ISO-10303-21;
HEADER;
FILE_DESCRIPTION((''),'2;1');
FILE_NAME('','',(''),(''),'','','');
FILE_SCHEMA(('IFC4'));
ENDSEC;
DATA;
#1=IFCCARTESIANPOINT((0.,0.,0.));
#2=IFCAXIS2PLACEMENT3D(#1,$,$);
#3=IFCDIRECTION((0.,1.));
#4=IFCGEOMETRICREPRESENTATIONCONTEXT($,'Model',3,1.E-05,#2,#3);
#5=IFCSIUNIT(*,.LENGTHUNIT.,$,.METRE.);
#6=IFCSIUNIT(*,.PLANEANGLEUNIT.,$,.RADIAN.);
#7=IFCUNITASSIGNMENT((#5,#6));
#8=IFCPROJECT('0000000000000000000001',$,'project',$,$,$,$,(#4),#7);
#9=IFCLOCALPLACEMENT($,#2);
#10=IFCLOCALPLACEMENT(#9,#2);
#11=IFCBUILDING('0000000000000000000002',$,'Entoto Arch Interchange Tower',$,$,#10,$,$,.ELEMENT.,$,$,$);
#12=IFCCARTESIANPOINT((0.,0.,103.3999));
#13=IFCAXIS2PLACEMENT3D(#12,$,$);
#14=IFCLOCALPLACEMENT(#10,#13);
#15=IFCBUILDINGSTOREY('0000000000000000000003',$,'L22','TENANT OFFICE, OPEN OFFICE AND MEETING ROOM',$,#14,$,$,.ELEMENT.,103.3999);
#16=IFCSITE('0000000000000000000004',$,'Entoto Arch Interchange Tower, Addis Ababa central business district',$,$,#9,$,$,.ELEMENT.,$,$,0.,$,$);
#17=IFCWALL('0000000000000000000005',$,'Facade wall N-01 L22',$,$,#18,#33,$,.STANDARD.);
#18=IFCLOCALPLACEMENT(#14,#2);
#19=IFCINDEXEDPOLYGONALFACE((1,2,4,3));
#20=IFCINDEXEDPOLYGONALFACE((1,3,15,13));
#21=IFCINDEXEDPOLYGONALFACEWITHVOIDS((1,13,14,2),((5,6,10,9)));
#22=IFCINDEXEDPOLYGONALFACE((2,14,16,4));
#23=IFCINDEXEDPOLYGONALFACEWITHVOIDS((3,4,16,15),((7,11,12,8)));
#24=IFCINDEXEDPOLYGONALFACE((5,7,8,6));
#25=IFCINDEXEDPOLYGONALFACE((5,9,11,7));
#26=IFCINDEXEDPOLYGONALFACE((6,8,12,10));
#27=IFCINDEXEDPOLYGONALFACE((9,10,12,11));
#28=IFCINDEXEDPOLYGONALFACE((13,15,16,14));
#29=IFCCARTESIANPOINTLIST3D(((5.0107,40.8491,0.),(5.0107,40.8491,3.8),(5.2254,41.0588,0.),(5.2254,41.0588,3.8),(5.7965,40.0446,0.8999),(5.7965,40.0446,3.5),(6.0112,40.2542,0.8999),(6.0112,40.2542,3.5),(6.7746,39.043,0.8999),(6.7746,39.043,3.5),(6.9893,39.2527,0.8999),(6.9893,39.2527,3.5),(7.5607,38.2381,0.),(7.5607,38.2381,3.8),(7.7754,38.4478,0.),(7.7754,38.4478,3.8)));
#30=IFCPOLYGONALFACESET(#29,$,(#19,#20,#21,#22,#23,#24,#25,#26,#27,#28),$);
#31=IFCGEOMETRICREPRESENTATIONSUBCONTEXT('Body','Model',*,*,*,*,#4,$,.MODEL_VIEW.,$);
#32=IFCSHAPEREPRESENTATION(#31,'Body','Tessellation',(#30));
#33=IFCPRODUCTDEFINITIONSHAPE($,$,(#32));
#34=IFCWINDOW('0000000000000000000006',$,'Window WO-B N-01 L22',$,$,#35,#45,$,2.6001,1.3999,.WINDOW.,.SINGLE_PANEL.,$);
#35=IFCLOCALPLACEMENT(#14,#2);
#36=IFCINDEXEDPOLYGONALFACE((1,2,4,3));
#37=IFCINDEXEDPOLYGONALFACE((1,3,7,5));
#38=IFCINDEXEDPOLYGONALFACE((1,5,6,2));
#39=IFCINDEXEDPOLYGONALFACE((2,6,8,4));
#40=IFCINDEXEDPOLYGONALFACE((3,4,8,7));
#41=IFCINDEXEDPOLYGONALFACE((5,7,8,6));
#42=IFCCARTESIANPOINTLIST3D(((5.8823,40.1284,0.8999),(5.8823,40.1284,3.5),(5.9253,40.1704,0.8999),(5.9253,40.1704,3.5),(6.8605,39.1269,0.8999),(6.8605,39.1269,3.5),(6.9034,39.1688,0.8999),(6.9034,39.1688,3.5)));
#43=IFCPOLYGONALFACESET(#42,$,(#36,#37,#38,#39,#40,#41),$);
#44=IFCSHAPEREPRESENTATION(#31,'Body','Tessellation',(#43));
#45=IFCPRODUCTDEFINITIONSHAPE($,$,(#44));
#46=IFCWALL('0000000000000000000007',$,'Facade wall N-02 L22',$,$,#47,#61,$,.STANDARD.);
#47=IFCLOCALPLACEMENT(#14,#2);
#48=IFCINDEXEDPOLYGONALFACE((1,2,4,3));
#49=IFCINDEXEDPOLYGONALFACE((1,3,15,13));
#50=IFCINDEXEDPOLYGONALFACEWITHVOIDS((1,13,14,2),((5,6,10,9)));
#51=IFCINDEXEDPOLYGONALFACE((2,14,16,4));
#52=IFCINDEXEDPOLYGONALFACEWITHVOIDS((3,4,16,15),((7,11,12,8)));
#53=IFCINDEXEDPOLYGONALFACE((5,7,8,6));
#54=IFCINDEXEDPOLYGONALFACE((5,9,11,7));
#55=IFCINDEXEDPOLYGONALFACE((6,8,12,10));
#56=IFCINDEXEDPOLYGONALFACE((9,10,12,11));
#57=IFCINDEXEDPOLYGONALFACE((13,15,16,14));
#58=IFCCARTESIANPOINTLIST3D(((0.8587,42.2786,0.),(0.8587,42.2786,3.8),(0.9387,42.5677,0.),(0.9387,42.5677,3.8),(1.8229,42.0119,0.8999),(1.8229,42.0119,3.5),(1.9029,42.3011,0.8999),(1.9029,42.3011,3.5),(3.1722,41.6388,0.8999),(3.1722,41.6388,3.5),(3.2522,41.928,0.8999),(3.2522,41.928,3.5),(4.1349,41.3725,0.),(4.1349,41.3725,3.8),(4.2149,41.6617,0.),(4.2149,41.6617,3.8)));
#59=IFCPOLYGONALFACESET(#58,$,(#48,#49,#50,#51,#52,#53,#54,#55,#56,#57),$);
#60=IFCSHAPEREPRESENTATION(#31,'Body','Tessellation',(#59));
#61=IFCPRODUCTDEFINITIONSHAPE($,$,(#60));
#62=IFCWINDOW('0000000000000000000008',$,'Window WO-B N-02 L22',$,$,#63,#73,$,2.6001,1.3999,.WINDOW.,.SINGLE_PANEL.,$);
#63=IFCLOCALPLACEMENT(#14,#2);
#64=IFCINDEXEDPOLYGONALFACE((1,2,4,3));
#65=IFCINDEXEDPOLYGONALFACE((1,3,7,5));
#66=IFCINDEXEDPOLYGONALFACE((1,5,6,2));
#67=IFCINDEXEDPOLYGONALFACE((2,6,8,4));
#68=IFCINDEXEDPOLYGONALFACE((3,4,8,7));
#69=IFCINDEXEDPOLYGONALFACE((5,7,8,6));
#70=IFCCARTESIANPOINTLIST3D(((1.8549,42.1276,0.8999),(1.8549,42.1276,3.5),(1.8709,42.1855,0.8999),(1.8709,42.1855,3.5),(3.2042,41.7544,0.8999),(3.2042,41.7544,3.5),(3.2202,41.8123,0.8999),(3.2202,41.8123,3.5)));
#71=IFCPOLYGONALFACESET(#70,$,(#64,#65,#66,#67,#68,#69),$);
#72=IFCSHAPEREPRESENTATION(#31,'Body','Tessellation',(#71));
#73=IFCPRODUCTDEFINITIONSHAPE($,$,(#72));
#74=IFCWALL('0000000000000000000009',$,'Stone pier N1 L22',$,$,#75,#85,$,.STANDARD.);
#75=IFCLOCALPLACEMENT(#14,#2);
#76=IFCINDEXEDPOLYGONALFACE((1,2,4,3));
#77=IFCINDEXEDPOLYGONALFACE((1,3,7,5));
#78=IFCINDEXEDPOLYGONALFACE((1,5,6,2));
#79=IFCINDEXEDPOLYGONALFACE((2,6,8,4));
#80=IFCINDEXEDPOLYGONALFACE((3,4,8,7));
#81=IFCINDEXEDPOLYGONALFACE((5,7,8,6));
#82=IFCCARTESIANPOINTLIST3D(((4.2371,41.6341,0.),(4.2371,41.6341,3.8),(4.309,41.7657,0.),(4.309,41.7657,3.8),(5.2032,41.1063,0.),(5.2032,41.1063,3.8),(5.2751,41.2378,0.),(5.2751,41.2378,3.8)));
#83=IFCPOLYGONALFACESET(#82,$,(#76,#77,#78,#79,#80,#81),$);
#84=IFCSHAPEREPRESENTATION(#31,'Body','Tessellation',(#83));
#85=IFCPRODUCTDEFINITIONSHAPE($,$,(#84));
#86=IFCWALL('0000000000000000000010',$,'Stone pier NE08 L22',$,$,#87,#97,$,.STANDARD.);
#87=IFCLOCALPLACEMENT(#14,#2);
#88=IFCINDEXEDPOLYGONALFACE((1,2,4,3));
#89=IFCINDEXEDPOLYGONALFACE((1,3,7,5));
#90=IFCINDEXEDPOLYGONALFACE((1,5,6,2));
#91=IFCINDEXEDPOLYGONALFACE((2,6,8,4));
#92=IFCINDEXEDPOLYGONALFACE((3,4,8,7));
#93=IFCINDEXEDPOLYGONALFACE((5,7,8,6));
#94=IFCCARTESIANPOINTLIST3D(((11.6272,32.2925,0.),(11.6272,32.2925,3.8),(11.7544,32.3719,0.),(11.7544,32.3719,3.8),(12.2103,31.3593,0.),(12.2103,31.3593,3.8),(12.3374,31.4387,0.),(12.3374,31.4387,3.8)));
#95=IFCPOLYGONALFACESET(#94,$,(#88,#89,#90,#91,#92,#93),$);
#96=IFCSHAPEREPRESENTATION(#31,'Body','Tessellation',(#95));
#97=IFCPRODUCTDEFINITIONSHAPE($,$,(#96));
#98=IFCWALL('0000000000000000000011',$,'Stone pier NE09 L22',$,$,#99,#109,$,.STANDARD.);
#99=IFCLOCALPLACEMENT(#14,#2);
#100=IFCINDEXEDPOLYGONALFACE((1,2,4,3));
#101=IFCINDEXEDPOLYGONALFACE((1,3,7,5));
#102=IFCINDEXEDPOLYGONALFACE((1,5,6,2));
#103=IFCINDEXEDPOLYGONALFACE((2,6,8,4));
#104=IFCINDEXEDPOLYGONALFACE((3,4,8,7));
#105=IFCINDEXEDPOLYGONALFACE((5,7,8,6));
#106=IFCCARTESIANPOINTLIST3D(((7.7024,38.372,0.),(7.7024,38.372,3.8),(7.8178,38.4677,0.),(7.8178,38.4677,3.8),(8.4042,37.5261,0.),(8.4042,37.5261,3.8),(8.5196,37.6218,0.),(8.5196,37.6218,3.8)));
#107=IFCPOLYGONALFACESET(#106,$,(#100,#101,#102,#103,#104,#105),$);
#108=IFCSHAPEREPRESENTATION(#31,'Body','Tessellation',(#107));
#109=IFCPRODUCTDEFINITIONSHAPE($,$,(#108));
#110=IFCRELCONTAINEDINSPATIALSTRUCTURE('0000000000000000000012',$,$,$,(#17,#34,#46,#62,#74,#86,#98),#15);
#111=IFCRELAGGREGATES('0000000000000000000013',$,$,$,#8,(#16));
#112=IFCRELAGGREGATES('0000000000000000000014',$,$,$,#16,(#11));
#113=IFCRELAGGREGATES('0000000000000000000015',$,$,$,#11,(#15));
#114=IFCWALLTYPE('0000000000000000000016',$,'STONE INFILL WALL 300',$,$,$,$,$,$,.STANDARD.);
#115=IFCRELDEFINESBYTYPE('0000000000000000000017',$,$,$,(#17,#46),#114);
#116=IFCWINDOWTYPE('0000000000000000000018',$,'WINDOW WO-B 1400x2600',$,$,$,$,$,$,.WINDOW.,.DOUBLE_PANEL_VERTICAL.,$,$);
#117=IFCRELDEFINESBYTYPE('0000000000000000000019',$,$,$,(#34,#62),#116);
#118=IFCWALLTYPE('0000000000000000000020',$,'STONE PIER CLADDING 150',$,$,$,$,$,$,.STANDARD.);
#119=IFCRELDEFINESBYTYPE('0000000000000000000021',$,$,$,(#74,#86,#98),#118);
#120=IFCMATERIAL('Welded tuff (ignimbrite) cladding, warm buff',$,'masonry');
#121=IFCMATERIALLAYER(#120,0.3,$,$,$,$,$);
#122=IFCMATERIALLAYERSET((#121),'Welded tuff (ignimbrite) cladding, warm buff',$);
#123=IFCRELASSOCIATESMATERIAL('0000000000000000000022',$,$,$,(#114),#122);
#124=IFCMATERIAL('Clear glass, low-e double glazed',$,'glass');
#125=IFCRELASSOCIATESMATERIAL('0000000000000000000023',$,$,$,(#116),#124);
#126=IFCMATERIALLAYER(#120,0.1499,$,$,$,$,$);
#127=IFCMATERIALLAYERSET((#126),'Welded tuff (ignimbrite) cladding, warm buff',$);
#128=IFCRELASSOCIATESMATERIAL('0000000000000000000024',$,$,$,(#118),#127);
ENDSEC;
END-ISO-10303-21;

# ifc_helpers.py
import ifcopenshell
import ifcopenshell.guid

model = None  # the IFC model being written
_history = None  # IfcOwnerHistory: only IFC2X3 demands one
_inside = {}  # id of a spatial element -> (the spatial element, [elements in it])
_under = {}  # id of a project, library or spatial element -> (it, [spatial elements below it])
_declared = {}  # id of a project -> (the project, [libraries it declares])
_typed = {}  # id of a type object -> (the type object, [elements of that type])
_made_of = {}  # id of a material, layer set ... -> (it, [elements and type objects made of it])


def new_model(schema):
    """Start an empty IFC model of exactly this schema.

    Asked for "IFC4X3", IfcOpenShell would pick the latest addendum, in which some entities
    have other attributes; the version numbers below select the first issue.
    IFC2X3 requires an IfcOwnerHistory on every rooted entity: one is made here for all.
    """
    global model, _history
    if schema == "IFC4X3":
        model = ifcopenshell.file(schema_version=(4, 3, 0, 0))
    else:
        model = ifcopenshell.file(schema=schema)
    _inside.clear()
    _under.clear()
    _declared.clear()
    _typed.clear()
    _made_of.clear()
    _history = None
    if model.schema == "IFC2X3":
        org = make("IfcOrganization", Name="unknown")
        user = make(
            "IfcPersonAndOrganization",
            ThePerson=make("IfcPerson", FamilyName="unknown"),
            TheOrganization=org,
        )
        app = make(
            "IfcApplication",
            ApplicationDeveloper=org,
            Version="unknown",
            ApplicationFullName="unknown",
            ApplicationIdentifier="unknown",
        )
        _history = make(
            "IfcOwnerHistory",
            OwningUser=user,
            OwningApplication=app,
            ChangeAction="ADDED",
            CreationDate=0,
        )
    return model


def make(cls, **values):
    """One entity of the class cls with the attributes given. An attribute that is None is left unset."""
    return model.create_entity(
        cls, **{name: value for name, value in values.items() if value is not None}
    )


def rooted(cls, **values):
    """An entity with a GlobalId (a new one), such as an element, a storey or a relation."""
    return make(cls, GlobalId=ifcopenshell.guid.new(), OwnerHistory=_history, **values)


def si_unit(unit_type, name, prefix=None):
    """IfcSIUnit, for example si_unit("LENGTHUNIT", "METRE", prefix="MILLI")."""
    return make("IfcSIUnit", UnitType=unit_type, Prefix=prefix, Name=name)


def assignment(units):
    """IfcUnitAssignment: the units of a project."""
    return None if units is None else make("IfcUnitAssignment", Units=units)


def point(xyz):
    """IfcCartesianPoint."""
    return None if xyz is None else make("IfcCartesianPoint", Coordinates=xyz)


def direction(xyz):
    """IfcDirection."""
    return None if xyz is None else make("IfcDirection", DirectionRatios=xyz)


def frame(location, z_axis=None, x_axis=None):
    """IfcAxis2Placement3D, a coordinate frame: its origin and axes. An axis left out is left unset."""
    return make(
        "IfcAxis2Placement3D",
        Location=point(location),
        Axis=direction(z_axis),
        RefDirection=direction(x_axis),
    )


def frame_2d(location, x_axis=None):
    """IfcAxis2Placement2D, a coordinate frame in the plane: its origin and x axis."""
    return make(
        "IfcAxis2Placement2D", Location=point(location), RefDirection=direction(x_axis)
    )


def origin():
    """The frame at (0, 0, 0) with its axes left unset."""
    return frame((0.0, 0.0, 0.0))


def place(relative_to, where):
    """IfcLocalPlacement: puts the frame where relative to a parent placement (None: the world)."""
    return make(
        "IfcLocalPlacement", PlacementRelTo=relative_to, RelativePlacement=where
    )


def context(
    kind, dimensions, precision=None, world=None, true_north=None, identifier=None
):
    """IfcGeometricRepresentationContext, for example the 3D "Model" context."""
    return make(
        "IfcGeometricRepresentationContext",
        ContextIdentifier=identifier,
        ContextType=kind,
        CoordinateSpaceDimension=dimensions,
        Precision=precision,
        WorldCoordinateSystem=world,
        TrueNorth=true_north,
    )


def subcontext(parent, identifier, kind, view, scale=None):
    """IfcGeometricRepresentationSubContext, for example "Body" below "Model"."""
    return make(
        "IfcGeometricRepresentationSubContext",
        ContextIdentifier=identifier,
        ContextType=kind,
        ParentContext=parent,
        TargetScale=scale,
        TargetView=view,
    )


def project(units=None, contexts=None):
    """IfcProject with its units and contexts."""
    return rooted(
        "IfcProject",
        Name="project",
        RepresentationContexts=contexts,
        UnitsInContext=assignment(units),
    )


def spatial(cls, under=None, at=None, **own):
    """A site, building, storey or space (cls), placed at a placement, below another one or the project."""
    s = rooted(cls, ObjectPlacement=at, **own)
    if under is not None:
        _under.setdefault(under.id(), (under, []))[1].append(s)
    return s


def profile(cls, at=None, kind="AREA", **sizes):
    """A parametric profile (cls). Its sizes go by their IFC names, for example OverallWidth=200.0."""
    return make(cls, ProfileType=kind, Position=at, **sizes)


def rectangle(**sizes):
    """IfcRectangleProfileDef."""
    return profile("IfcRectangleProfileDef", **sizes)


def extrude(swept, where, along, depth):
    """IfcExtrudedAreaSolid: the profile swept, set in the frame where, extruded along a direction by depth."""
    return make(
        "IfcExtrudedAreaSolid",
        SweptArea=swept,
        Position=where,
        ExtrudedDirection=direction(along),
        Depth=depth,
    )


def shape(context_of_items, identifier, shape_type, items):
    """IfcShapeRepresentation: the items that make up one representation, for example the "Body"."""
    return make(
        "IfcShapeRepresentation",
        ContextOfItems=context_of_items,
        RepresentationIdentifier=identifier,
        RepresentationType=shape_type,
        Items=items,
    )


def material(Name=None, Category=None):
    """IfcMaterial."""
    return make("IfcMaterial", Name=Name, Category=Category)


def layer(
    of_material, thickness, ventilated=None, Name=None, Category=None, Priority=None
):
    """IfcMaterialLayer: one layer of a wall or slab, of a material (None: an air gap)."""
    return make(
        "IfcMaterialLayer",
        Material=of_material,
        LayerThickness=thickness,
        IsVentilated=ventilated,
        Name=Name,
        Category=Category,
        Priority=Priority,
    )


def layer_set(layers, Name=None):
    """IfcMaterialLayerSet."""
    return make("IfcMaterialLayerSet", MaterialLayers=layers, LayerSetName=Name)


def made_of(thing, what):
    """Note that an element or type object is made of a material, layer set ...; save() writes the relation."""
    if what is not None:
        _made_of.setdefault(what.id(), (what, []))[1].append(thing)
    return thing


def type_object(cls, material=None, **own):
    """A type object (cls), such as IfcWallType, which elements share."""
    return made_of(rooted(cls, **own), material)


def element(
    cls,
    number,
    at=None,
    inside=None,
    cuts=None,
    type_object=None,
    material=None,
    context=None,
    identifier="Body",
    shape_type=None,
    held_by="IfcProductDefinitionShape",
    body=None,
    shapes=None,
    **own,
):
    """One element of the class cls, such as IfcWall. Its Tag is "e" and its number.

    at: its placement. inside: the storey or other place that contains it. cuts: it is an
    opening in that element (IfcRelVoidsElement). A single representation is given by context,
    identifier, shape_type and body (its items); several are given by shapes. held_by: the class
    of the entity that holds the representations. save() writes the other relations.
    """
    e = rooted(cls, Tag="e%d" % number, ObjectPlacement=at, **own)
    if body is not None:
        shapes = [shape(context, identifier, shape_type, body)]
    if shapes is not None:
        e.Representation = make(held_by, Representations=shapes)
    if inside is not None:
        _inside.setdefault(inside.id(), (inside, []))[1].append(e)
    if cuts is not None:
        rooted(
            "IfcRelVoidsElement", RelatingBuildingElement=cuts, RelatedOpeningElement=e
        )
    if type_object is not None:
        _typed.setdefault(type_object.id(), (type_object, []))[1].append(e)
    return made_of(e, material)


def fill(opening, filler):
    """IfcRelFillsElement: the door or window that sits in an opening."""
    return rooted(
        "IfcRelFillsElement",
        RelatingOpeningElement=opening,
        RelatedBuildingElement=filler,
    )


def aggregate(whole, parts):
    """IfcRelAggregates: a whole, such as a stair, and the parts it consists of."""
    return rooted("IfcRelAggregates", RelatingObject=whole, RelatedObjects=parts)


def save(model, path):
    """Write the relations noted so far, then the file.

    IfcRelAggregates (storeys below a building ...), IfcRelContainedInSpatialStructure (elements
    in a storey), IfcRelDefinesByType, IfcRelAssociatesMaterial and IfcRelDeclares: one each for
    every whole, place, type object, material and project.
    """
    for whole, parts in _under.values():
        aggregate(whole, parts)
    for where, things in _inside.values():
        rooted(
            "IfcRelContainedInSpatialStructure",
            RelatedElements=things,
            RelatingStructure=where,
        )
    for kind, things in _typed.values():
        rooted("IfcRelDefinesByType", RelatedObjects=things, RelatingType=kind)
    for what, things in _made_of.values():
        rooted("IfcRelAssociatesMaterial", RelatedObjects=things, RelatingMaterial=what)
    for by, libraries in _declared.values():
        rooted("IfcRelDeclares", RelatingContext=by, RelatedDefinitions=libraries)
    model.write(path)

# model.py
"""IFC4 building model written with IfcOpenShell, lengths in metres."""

from ifc_helpers import new_model, si_unit, direction, frame, frame_2d, origin, place, context, subcontext, project, spatial, rectangle, extrude, material, layer, layer_set, type_object, element, fill, save


model = new_model("IFC4")

# Units and contexts
model_context = context("Model", 3, precision=1e-05, world=origin(), true_north=direction((0.0, 1.0)))
body_context = subcontext(model_context, "Body", "Model", "MODEL_VIEW")
ifc_project = project(units=[si_unit("LENGTHUNIT", "METRE"), si_unit("PLANEANGLEUNIT", "RADIAN")], contexts=[model_context])

# Site, building, storey
site_placement = place(None, origin())
site = spatial("IfcSite", under=ifc_project, at=site_placement, Name="Entoto Arch Interchange Tower, Addis Ababa central business district", CompositionType="ELEMENT", RefElevation=0.0)
building_placement = place(site_placement, origin())
building = spatial("IfcBuilding", under=site, at=building_placement, Name="Entoto Arch Interchange Tower", CompositionType="ELEMENT")
storey_placement = place(building_placement, frame((0.0, 0.0, 103.3999)))
storey = spatial("IfcBuildingStorey", under=building, at=storey_placement, Name="L22", Description="TENANT OFFICE, OPEN OFFICE AND MEETING ROOM", CompositionType="ELEMENT", Elevation=103.3999)

# Shared definitions
ifc_material_1 = material(Name="Welded tuff (ignimbrite) cladding, warm buff", Category="masonry")
ifc_layer_1 = layer(ifc_material_1, 0.3)
ifc_layer_set_1 = layer_set([ifc_layer_1], Name="Welded tuff (ignimbrite) cladding, warm buff")
wall_type_1 = type_object("IfcWallType", Name="STONE INFILL WALL 300", PredefinedType="STANDARD", material=ifc_layer_set_1)
ifc_material_2 = material(Name="Clear glass, low-e double glazed", Category="glass")

# Walls, openings, windows
wall_1_placement = place(storey_placement, frame((7.668, 38.343, 0.0), z_axis=(0.0, 0.0, 1.0), x_axis=(-0.698696, 0.715419, 0.0)))
wall_1 = element("IfcWall", 1, at=wall_1_placement, inside=storey, type_object=wall_type_1, Name="Facade wall N-01 L22", PredefinedType="STANDARD", context=body_context, shape_type="SweptSolid", body=[
    extrude(rectangle(XDim=3.6497, YDim=0.3, at=frame_2d((1.8247, 0.0))), origin(), (0.0, 0.0, 1.0), 3.8),
])
opening_1_placement = place(wall_1_placement, frame((1.125, 0.0, 0.8999)))
opening_1 = element("IfcOpeningElement", 2, at=opening_1_placement, cuts=wall_1, PredefinedType="OPENING", context=body_context, shape_type="SweptSolid", body=[
    extrude(rectangle(XDim=1.3999, YDim=2.6001, at=frame_2d((0.7, 1.3))), frame((0.0, 0.1602, 0.0), z_axis=(0.0, -1.0, 0.0), x_axis=(1.0, 0.0, 0.0)), (0.0, 0.0, 1.0), 0.3201),
])
window_type_1 = type_object("IfcWindowType", Name="WINDOW WO-B 1400x2600", PartitioningType="DOUBLE_PANEL_VERTICAL", PredefinedType="WINDOW", material=ifc_material_2)
window_1_placement = place(opening_1_placement, origin())
window_1 = element("IfcWindow", 3, at=window_1_placement, inside=storey, type_object=window_type_1, Name="Window WO-B N-01 L22", OverallHeight=2.6001, OverallWidth=1.3999, PartitioningType="SINGLE_PANEL", PredefinedType="WINDOW", context=body_context, shape_type="SweptSolid", body=[
    extrude(rectangle(XDim=1.3999, YDim=2.6001, at=frame_2d((0.7, 1.3))), frame((0.0, 0.03, 0.0), z_axis=(0.0, -1.0, 0.0), x_axis=(1.0, 0.0, 0.0)), (0.0, 0.0, 1.0), 0.0601),
])
fill(opening_1, window_1)
wall_2_placement = place(storey_placement, frame((4.175, 41.5171, 0.0), z_axis=(0.0, 0.0, 1.0), x_axis=(-0.963823, 0.266543, 0.0)))
wall_2 = element("IfcWall", 4, at=wall_2_placement, inside=storey, type_object=wall_type_1, Name="Facade wall N-02 L22", PredefinedType="STANDARD", context=body_context, shape_type="SweptSolid", body=[
    extrude(rectangle(XDim=3.3992, YDim=0.3, at=frame_2d((1.6997, 0.0))), origin(), (0.0, 0.0, 1.0), 3.8),
])
opening_2_placement = place(wall_2_placement, frame((0.999, 0.0, 0.8999)))
opening_2 = element("IfcOpeningElement", 5, at=opening_2_placement, cuts=wall_2, PredefinedType="OPENING", context=body_context, shape_type="SweptSolid", body=[
    extrude(rectangle(XDim=1.3999, YDim=2.6001, at=frame_2d((0.7, 1.3))), frame((0.0, 0.1602, 0.0), z_axis=(0.0, -1.0, 0.0), x_axis=(1.0, 0.0, 0.0)), (0.0, 0.0, 1.0), 0.3201),
])
window_2_placement = place(opening_2_placement, origin())
window_2 = element("IfcWindow", 6, at=window_2_placement, inside=storey, type_object=window_type_1, Name="Window WO-B N-02 L22", OverallHeight=2.6001, OverallWidth=1.3999, PartitioningType="SINGLE_PANEL", PredefinedType="WINDOW", context=body_context, shape_type="SweptSolid", body=[
    extrude(rectangle(XDim=1.3999, YDim=2.6001, at=frame_2d((0.7, 1.3))), frame((0.0, 0.03, 0.0), z_axis=(0.0, -1.0, 0.0), x_axis=(1.0, 0.0, 0.0)), (0.0, 0.0, 1.0), 0.0601),
])
fill(opening_2, window_2)

# Walls
ifc_layer_2 = layer(ifc_material_1, 0.1499)
ifc_layer_set_2 = layer_set([ifc_layer_2], Name="Welded tuff (ignimbrite) cladding, warm buff")
wall_type_2 = type_object("IfcWallType", Name="STONE PIER CLADDING 150", PredefinedType="STANDARD", material=ifc_layer_set_2)
wall_3_placement = place(storey_placement, frame((5.239, 41.1721, 0.0), z_axis=(0.0, 0.0, 1.0), x_axis=(-0.877556, 0.479474, 0.0)))
element("IfcWall", 7, at=wall_3_placement, inside=storey, type_object=wall_type_2, Name="Stone pier N1 L22", PredefinedType="STANDARD", context=body_context, shape_type="SweptSolid", body=[
    extrude(rectangle(XDim=1.1008, YDim=0.1499, at=frame_2d((0.5503, 0.0))), origin(), (0.0, 0.0, 1.0), 3.8),
])
wall_4_placement = place(storey_placement, frame((12.2739, 31.3989, 0.0), z_axis=(0.0, 0.0, 1.0), x_axis=(-0.529879, 0.848073, 0.0)))
element("IfcWall", 8, at=wall_4_placement, inside=storey, type_object=wall_type_2, Name="Stone pier NE08 L22", PredefinedType="STANDARD", context=body_context, shape_type="SweptSolid", body=[
    extrude(rectangle(XDim=1.1003, YDim=0.1499, at=frame_2d((0.5503, 0.0))), origin(), (0.0, 0.0, 1.0), 3.8),
])
wall_5_placement = place(storey_placement, frame((8.4619, 37.574, 0.0), z_axis=(0.0, 0.0, 1.0), x_axis=(-0.638544, 0.769585, 0.0)))
element("IfcWall", 9, at=wall_5_placement, inside=storey, type_object=wall_type_2, Name="Stone pier NE09 L22", PredefinedType="STANDARD", context=body_context, shape_type="SweptSolid", body=[
    extrude(rectangle(XDim=1.0991, YDim=0.1499, at=frame_2d((0.5496, 0.0))), origin(), (0.0, 0.0, 1.0), 3.8),
])

save(model, "model.ifc")
